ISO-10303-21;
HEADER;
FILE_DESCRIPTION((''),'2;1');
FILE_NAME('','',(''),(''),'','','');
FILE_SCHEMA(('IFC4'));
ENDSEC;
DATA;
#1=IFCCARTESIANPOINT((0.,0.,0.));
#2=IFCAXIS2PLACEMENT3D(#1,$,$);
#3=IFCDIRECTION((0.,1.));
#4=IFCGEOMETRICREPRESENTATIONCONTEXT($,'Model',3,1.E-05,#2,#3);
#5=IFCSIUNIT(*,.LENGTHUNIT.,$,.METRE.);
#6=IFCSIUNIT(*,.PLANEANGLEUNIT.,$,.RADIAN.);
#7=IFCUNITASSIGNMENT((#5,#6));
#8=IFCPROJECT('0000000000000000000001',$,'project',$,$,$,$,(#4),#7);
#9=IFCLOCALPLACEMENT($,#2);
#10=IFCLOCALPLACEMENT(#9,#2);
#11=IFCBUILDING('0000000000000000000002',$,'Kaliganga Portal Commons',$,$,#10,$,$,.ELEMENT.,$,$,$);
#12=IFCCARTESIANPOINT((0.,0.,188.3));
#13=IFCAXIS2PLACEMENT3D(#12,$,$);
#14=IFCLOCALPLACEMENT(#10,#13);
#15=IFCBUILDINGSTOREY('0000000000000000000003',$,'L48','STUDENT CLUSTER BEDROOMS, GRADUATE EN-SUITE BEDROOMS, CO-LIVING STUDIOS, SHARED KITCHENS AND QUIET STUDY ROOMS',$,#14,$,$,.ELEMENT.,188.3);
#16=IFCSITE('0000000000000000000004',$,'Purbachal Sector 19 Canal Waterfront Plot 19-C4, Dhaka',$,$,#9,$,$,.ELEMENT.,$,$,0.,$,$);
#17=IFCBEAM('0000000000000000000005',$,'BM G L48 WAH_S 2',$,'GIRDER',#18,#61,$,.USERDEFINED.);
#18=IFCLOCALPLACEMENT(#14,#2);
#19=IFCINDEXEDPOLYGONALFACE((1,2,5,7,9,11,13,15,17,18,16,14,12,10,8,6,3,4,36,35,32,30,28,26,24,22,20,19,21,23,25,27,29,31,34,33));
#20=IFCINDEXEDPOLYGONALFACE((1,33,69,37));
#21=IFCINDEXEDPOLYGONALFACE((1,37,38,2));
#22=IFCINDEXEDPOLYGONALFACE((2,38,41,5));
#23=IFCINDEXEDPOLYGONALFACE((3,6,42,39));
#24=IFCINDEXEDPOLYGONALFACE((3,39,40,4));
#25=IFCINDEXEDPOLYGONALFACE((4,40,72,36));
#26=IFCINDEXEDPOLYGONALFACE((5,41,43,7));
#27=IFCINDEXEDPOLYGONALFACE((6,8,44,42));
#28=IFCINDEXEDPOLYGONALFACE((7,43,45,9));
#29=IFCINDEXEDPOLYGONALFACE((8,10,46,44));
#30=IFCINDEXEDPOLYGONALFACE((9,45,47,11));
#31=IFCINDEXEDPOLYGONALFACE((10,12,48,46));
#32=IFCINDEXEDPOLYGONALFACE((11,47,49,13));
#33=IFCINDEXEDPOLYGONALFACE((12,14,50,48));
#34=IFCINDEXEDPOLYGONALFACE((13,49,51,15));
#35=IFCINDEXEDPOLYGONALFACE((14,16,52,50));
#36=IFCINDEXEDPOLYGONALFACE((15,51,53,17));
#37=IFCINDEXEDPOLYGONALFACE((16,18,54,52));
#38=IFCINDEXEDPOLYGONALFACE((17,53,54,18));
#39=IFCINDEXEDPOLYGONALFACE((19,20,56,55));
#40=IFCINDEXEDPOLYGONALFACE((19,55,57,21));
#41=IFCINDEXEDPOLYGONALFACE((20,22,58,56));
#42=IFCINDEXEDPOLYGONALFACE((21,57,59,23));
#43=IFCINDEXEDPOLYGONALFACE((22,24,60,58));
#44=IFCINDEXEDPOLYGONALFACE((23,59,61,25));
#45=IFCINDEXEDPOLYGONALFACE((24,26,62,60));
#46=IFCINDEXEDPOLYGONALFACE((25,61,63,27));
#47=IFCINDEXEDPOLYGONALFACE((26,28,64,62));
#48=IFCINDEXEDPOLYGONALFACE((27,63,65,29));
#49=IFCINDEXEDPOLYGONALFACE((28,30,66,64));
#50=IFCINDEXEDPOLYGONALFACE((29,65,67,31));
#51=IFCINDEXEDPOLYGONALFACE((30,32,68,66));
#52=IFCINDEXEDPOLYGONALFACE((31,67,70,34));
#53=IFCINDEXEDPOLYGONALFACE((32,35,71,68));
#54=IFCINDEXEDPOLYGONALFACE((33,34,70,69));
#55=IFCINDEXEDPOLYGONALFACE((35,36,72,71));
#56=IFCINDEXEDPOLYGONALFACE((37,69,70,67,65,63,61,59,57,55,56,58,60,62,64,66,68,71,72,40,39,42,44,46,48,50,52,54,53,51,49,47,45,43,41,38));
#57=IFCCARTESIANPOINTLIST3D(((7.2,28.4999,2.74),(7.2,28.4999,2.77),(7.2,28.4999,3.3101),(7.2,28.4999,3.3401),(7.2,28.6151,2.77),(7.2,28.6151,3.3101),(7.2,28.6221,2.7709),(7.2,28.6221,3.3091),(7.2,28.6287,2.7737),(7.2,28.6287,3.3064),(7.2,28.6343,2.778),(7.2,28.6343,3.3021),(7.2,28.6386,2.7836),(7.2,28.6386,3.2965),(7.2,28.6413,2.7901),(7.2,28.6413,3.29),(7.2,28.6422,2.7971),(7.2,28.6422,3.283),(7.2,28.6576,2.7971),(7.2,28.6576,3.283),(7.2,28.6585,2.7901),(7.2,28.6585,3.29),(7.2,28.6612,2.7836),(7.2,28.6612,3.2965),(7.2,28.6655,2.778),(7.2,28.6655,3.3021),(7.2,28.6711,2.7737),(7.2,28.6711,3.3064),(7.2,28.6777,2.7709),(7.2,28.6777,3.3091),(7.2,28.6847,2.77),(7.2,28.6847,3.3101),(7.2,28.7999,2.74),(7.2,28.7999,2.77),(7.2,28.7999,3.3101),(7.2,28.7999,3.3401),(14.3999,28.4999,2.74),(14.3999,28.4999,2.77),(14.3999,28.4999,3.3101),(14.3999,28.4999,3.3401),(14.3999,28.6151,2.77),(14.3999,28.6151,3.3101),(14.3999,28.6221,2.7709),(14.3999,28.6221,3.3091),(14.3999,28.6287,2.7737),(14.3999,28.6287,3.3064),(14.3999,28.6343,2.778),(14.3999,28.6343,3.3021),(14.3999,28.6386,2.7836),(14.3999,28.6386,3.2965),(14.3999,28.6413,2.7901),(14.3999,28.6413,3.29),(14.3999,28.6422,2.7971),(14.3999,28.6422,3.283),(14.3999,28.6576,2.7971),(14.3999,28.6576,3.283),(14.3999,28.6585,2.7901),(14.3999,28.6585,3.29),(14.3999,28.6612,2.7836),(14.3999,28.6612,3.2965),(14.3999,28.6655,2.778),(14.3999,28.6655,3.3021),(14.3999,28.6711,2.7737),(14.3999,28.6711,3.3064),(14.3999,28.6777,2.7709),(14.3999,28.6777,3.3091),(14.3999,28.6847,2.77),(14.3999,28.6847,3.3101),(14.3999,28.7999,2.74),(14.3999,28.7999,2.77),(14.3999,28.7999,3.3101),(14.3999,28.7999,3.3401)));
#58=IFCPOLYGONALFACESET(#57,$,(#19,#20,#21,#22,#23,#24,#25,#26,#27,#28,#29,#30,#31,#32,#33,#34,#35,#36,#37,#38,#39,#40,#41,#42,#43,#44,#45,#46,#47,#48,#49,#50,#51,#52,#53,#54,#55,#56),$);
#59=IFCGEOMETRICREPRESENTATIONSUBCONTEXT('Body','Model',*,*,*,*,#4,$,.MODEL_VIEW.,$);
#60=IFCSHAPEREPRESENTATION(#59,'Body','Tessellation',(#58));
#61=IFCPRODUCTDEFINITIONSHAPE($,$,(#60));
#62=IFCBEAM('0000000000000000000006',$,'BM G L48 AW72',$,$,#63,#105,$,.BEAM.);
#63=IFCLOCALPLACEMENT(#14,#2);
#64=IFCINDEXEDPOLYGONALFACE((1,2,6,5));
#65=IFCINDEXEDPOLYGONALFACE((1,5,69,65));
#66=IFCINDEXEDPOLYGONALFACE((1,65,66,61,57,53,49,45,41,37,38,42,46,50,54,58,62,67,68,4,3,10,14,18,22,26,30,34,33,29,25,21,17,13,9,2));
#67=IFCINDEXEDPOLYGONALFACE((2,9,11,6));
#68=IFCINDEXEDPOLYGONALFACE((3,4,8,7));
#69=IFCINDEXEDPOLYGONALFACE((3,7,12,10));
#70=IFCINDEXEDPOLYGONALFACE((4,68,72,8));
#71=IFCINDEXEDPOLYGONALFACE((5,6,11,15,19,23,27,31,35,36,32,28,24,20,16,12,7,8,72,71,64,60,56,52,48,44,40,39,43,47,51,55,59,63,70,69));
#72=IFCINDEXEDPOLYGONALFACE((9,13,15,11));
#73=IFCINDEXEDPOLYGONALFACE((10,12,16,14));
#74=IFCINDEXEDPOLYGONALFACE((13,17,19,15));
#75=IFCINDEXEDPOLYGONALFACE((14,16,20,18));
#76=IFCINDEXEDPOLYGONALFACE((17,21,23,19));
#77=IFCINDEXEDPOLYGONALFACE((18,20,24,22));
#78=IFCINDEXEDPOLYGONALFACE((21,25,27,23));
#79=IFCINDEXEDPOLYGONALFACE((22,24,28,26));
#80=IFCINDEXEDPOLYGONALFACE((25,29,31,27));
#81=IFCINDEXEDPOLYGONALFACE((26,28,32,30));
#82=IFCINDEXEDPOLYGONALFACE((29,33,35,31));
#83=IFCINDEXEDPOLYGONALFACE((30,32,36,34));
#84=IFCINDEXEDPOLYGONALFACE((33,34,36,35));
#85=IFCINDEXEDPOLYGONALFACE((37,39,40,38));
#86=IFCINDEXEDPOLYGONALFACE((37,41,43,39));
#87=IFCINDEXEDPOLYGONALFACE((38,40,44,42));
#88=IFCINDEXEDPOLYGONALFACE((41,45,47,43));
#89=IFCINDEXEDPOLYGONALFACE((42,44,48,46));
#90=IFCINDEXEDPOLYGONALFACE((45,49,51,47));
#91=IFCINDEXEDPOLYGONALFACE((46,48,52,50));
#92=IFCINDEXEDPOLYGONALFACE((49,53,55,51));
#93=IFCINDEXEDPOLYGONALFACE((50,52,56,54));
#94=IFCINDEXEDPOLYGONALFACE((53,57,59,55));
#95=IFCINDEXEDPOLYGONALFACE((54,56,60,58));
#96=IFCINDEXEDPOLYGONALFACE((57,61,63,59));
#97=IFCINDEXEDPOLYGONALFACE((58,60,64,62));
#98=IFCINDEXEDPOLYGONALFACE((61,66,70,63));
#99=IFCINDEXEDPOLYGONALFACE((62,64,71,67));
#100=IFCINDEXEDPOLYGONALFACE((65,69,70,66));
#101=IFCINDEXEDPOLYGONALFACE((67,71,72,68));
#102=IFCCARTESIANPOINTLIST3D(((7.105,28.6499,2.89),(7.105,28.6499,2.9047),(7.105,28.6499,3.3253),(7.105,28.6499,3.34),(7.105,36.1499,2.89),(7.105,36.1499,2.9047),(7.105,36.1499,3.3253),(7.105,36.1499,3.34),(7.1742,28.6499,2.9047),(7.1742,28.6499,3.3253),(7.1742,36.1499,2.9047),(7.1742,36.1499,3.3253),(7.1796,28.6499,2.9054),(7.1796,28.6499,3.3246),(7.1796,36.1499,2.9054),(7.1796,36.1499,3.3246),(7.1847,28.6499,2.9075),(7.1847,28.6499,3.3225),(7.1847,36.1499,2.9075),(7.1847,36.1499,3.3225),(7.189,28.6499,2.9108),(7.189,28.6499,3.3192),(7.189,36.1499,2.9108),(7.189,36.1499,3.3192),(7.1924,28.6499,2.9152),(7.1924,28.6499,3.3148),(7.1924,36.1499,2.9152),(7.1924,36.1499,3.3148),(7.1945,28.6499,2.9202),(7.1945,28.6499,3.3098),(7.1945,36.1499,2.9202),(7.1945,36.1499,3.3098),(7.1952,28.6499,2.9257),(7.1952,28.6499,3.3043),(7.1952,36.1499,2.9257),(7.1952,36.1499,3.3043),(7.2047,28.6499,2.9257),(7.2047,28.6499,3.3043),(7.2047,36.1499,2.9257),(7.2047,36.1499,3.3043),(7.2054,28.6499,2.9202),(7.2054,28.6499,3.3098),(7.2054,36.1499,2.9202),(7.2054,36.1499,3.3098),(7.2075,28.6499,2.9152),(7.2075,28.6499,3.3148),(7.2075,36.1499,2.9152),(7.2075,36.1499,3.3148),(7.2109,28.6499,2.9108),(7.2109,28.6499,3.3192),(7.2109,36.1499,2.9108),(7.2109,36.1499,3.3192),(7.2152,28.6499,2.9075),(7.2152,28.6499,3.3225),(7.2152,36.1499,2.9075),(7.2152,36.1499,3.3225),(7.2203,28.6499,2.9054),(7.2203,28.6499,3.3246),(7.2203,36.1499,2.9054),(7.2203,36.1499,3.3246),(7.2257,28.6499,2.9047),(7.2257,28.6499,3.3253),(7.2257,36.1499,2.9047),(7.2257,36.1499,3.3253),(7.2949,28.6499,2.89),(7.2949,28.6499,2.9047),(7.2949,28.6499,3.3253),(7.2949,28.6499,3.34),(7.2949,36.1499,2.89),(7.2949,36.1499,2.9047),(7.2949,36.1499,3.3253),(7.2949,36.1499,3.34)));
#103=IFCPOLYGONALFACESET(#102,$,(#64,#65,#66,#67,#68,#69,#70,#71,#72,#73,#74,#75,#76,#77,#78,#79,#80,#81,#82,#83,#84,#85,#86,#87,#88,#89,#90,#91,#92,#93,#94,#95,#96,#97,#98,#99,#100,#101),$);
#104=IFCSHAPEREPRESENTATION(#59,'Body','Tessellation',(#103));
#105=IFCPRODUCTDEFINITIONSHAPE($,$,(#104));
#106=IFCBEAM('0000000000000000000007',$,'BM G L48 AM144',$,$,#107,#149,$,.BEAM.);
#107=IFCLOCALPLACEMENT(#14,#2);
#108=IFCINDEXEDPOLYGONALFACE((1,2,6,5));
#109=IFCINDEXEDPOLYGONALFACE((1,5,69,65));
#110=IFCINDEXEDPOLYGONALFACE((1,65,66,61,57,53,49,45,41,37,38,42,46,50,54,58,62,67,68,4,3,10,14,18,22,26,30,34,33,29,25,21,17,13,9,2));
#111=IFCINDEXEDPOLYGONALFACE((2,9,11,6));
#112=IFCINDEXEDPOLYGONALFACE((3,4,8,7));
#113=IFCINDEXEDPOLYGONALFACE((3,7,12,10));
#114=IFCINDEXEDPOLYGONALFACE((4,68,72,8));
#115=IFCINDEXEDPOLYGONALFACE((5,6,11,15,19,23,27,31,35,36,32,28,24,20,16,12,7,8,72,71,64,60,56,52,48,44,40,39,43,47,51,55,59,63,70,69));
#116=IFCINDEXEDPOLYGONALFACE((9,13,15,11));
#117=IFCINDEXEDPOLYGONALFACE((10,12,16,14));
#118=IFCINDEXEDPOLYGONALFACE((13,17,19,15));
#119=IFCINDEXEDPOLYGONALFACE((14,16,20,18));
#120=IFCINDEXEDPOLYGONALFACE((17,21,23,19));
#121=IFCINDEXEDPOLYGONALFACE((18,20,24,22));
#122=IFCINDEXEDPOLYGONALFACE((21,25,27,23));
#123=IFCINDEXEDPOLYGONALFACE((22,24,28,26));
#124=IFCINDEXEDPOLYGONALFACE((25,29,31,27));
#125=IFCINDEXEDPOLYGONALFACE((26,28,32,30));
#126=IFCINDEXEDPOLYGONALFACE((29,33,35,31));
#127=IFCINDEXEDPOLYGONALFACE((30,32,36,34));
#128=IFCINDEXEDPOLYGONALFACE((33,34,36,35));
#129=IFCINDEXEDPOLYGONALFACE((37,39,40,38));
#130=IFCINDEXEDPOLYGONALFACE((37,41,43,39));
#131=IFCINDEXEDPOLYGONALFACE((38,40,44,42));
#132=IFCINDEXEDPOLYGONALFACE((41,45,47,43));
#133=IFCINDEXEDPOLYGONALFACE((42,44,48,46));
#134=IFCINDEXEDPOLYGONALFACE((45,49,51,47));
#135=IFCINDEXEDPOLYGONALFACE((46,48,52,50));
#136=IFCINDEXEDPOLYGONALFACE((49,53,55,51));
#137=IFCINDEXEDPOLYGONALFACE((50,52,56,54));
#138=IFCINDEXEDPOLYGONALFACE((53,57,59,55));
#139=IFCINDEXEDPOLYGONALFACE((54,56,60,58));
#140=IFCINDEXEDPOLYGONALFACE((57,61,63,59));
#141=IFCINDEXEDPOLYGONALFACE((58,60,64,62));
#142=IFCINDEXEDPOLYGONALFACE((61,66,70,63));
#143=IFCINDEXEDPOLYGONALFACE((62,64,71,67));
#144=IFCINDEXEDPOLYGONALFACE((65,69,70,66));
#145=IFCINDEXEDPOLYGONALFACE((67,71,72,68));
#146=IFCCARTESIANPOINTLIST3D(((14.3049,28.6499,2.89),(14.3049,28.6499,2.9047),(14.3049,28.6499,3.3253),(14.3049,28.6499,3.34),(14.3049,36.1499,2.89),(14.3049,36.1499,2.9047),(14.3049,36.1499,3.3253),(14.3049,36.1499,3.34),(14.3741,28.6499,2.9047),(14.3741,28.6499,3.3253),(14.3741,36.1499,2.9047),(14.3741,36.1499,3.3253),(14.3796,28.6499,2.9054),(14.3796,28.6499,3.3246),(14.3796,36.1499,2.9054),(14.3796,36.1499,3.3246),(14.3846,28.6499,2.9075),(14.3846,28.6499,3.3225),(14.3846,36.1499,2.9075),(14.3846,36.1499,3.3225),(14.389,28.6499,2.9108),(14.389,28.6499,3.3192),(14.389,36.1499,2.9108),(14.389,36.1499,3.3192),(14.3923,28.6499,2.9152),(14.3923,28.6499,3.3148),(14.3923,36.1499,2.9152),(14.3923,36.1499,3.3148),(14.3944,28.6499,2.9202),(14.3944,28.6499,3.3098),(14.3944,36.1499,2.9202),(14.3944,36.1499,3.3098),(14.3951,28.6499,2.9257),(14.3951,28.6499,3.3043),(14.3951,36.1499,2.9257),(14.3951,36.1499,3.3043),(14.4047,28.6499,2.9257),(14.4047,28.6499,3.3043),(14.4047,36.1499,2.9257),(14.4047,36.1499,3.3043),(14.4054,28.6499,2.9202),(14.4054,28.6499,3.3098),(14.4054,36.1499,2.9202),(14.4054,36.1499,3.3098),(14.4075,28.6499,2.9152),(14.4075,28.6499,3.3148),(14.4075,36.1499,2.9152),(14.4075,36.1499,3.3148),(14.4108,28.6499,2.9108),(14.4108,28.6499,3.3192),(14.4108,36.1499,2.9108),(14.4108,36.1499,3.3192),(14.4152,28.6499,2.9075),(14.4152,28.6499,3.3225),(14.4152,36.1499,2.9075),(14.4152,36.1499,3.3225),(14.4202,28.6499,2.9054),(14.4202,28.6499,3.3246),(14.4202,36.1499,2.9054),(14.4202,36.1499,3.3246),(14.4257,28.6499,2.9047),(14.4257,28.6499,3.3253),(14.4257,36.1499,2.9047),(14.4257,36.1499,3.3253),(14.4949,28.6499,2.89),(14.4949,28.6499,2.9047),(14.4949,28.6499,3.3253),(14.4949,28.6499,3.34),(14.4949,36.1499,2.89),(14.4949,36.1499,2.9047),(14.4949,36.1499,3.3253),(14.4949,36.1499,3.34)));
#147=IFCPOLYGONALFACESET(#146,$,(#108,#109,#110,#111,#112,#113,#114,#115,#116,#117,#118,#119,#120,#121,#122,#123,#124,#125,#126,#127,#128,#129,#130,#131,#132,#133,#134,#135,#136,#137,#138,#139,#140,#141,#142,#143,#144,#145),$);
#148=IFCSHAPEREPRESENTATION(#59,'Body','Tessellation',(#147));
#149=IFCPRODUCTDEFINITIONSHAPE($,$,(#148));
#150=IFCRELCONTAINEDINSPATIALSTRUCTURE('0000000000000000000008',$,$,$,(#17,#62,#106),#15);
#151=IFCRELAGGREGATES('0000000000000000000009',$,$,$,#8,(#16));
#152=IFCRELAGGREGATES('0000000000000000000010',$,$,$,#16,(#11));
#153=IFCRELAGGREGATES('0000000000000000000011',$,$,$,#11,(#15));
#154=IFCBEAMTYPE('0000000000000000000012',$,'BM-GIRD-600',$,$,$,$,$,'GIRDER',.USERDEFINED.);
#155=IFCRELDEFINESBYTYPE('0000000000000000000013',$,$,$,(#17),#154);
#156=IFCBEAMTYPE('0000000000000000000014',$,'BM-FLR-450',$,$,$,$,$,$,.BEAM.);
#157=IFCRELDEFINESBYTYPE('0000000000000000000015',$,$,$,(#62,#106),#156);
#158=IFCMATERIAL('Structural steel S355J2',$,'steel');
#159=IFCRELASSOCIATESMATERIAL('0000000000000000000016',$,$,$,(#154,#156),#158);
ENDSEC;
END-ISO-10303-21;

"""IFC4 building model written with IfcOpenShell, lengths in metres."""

from ifc_helpers import new_model, si_unit, direction, frame, origin, origin_2d, place, context, subcontext, project, spatial, i_section, extrude, source, transform, mapped, material, material_profile, profile_set, type_object, element, save


model = new_model("IFC4")

# Units and contexts
model_context = context("Model", 3, precision=1e-05, world=origin(), true_north=direction((0.0, 1.0)))
body_context = subcontext(model_context, "Body", "Model", "MODEL_VIEW")
ifc_project = project(units=[si_unit("LENGTHUNIT", "METRE"), si_unit("PLANEANGLEUNIT", "RADIAN")], contexts=[model_context])

# Site, building, storey
site_placement = place(None, origin())
site = spatial("IfcSite", under=ifc_project, at=site_placement, Name="Purbachal Sector 19 Canal Waterfront Plot 19-C4, Dhaka", CompositionType="ELEMENT", RefElevation=0.0)
building_placement = place(site_placement, origin())
building = spatial("IfcBuilding", under=site, at=building_placement, Name="Kaliganga Portal Commons", CompositionType="ELEMENT")
storey_placement = place(building_placement, frame((0.0, 0.0, 188.3)))
storey = spatial("IfcBuildingStorey", under=building, at=storey_placement, Name="L48", Description="STUDENT CLUSTER BEDROOMS, GRADUATE EN-SUITE BEDROOMS, CO-LIVING STUDIOS, SHARED KITCHENS AND QUIET STUDY ROOMS", CompositionType="ELEMENT", Elevation=188.3)

# Beams
ifc_material_1 = material(Name="Structural steel S355J2", Category="steel")
ifc_material_profile_1 = material_profile(ifc_material_1, i_section(OverallWidth=0.3, OverallDepth=0.6001, WebThickness=0.0154, FlangeThickness=0.03, FilletRadius=0.0271, at=origin_2d()), Name="HE 600 B")
ifc_profile_set_1 = profile_set([ifc_material_profile_1], Name="Structural steel S355J2 wide-flange")
beam_type_1 = type_object("IfcBeamType", Name="BM-GIRD-600", ElementType="GIRDER", PredefinedType="USERDEFINED", material=ifc_profile_set_1)
shared_shape_1 = source(origin(), body_context, "Body", "SweptSolid", [
    extrude(i_section(OverallWidth=0.3, OverallDepth=0.6001, WebThickness=0.0154, FlangeThickness=0.03, FilletRadius=0.0271, at=origin_2d()), origin(), (0.0, 0.0, 1.0), 7.2),
])
beam_1_placement = place(storey_placement, frame((7.2, 28.6499, 3.04), z_axis=(1.0, 0.0, 0.0), x_axis=(0.0, 1.0, 0.0)))
element("IfcBeam", 1, at=beam_1_placement, inside=storey, type_object=beam_type_1, Name="BM G L48 WAH_S 2", ObjectType="GIRDER", PredefinedType="USERDEFINED", context=body_context, shape_type="MappedRepresentation", body=[
    mapped(shared_shape_1, transform((0.0, 0.0, 0.0), x_axis=(1.0, 0.0, 0.0), y_axis=(0.0, 1.0, 0.0), z_axis=(0.0, 0.0, 1.0), scale=1.0)),
])
ifc_material_profile_2 = material_profile(ifc_material_1, i_section(OverallWidth=0.1899, OverallDepth=0.45, WebThickness=0.0095, FlangeThickness=0.0146, FilletRadius=0.021, at=origin_2d()), Name="IPE 450")
ifc_profile_set_2 = profile_set([ifc_material_profile_2], Name="Structural steel S355J2 wide-flange")
beam_type_2 = type_object("IfcBeamType", Name="BM-FLR-450", PredefinedType="BEAM", material=ifc_profile_set_2)
shared_shape_2 = source(origin(), body_context, "Body", "SweptSolid", [
    extrude(i_section(OverallWidth=0.1899, OverallDepth=0.45, WebThickness=0.0095, FlangeThickness=0.0146, FilletRadius=0.021, at=origin_2d()), origin(), (0.0, 0.0, 1.0), 7.5),
])
for number, where, z_axis, x_axis, name in (
    (2, (7.2, 28.6499, 3.115), (0.0, 1.0, 0.0), (-1.0, 0.0, 0.0), "BM G L48 AW72"),
    (3, (14.3999, 28.6499, 3.115), (0.0, 1.0, 0.0), (-1.0, 0.0, 0.0), "BM G L48 AM144"),
):
    element("IfcBeam", number, at=place(storey_placement, frame(where, z_axis=z_axis, x_axis=x_axis)), inside=storey, type_object=beam_type_2, Name=name, PredefinedType="BEAM", context=body_context, shape_type="MappedRepresentation", body=[
        mapped(shared_shape_2, transform((0.0, 0.0, 0.0), x_axis=(1.0, 0.0, 0.0), y_axis=(0.0, 1.0, 0.0), z_axis=(0.0, 0.0, 1.0), scale=1.0)),
    ])

save(model, "model.ifc")
